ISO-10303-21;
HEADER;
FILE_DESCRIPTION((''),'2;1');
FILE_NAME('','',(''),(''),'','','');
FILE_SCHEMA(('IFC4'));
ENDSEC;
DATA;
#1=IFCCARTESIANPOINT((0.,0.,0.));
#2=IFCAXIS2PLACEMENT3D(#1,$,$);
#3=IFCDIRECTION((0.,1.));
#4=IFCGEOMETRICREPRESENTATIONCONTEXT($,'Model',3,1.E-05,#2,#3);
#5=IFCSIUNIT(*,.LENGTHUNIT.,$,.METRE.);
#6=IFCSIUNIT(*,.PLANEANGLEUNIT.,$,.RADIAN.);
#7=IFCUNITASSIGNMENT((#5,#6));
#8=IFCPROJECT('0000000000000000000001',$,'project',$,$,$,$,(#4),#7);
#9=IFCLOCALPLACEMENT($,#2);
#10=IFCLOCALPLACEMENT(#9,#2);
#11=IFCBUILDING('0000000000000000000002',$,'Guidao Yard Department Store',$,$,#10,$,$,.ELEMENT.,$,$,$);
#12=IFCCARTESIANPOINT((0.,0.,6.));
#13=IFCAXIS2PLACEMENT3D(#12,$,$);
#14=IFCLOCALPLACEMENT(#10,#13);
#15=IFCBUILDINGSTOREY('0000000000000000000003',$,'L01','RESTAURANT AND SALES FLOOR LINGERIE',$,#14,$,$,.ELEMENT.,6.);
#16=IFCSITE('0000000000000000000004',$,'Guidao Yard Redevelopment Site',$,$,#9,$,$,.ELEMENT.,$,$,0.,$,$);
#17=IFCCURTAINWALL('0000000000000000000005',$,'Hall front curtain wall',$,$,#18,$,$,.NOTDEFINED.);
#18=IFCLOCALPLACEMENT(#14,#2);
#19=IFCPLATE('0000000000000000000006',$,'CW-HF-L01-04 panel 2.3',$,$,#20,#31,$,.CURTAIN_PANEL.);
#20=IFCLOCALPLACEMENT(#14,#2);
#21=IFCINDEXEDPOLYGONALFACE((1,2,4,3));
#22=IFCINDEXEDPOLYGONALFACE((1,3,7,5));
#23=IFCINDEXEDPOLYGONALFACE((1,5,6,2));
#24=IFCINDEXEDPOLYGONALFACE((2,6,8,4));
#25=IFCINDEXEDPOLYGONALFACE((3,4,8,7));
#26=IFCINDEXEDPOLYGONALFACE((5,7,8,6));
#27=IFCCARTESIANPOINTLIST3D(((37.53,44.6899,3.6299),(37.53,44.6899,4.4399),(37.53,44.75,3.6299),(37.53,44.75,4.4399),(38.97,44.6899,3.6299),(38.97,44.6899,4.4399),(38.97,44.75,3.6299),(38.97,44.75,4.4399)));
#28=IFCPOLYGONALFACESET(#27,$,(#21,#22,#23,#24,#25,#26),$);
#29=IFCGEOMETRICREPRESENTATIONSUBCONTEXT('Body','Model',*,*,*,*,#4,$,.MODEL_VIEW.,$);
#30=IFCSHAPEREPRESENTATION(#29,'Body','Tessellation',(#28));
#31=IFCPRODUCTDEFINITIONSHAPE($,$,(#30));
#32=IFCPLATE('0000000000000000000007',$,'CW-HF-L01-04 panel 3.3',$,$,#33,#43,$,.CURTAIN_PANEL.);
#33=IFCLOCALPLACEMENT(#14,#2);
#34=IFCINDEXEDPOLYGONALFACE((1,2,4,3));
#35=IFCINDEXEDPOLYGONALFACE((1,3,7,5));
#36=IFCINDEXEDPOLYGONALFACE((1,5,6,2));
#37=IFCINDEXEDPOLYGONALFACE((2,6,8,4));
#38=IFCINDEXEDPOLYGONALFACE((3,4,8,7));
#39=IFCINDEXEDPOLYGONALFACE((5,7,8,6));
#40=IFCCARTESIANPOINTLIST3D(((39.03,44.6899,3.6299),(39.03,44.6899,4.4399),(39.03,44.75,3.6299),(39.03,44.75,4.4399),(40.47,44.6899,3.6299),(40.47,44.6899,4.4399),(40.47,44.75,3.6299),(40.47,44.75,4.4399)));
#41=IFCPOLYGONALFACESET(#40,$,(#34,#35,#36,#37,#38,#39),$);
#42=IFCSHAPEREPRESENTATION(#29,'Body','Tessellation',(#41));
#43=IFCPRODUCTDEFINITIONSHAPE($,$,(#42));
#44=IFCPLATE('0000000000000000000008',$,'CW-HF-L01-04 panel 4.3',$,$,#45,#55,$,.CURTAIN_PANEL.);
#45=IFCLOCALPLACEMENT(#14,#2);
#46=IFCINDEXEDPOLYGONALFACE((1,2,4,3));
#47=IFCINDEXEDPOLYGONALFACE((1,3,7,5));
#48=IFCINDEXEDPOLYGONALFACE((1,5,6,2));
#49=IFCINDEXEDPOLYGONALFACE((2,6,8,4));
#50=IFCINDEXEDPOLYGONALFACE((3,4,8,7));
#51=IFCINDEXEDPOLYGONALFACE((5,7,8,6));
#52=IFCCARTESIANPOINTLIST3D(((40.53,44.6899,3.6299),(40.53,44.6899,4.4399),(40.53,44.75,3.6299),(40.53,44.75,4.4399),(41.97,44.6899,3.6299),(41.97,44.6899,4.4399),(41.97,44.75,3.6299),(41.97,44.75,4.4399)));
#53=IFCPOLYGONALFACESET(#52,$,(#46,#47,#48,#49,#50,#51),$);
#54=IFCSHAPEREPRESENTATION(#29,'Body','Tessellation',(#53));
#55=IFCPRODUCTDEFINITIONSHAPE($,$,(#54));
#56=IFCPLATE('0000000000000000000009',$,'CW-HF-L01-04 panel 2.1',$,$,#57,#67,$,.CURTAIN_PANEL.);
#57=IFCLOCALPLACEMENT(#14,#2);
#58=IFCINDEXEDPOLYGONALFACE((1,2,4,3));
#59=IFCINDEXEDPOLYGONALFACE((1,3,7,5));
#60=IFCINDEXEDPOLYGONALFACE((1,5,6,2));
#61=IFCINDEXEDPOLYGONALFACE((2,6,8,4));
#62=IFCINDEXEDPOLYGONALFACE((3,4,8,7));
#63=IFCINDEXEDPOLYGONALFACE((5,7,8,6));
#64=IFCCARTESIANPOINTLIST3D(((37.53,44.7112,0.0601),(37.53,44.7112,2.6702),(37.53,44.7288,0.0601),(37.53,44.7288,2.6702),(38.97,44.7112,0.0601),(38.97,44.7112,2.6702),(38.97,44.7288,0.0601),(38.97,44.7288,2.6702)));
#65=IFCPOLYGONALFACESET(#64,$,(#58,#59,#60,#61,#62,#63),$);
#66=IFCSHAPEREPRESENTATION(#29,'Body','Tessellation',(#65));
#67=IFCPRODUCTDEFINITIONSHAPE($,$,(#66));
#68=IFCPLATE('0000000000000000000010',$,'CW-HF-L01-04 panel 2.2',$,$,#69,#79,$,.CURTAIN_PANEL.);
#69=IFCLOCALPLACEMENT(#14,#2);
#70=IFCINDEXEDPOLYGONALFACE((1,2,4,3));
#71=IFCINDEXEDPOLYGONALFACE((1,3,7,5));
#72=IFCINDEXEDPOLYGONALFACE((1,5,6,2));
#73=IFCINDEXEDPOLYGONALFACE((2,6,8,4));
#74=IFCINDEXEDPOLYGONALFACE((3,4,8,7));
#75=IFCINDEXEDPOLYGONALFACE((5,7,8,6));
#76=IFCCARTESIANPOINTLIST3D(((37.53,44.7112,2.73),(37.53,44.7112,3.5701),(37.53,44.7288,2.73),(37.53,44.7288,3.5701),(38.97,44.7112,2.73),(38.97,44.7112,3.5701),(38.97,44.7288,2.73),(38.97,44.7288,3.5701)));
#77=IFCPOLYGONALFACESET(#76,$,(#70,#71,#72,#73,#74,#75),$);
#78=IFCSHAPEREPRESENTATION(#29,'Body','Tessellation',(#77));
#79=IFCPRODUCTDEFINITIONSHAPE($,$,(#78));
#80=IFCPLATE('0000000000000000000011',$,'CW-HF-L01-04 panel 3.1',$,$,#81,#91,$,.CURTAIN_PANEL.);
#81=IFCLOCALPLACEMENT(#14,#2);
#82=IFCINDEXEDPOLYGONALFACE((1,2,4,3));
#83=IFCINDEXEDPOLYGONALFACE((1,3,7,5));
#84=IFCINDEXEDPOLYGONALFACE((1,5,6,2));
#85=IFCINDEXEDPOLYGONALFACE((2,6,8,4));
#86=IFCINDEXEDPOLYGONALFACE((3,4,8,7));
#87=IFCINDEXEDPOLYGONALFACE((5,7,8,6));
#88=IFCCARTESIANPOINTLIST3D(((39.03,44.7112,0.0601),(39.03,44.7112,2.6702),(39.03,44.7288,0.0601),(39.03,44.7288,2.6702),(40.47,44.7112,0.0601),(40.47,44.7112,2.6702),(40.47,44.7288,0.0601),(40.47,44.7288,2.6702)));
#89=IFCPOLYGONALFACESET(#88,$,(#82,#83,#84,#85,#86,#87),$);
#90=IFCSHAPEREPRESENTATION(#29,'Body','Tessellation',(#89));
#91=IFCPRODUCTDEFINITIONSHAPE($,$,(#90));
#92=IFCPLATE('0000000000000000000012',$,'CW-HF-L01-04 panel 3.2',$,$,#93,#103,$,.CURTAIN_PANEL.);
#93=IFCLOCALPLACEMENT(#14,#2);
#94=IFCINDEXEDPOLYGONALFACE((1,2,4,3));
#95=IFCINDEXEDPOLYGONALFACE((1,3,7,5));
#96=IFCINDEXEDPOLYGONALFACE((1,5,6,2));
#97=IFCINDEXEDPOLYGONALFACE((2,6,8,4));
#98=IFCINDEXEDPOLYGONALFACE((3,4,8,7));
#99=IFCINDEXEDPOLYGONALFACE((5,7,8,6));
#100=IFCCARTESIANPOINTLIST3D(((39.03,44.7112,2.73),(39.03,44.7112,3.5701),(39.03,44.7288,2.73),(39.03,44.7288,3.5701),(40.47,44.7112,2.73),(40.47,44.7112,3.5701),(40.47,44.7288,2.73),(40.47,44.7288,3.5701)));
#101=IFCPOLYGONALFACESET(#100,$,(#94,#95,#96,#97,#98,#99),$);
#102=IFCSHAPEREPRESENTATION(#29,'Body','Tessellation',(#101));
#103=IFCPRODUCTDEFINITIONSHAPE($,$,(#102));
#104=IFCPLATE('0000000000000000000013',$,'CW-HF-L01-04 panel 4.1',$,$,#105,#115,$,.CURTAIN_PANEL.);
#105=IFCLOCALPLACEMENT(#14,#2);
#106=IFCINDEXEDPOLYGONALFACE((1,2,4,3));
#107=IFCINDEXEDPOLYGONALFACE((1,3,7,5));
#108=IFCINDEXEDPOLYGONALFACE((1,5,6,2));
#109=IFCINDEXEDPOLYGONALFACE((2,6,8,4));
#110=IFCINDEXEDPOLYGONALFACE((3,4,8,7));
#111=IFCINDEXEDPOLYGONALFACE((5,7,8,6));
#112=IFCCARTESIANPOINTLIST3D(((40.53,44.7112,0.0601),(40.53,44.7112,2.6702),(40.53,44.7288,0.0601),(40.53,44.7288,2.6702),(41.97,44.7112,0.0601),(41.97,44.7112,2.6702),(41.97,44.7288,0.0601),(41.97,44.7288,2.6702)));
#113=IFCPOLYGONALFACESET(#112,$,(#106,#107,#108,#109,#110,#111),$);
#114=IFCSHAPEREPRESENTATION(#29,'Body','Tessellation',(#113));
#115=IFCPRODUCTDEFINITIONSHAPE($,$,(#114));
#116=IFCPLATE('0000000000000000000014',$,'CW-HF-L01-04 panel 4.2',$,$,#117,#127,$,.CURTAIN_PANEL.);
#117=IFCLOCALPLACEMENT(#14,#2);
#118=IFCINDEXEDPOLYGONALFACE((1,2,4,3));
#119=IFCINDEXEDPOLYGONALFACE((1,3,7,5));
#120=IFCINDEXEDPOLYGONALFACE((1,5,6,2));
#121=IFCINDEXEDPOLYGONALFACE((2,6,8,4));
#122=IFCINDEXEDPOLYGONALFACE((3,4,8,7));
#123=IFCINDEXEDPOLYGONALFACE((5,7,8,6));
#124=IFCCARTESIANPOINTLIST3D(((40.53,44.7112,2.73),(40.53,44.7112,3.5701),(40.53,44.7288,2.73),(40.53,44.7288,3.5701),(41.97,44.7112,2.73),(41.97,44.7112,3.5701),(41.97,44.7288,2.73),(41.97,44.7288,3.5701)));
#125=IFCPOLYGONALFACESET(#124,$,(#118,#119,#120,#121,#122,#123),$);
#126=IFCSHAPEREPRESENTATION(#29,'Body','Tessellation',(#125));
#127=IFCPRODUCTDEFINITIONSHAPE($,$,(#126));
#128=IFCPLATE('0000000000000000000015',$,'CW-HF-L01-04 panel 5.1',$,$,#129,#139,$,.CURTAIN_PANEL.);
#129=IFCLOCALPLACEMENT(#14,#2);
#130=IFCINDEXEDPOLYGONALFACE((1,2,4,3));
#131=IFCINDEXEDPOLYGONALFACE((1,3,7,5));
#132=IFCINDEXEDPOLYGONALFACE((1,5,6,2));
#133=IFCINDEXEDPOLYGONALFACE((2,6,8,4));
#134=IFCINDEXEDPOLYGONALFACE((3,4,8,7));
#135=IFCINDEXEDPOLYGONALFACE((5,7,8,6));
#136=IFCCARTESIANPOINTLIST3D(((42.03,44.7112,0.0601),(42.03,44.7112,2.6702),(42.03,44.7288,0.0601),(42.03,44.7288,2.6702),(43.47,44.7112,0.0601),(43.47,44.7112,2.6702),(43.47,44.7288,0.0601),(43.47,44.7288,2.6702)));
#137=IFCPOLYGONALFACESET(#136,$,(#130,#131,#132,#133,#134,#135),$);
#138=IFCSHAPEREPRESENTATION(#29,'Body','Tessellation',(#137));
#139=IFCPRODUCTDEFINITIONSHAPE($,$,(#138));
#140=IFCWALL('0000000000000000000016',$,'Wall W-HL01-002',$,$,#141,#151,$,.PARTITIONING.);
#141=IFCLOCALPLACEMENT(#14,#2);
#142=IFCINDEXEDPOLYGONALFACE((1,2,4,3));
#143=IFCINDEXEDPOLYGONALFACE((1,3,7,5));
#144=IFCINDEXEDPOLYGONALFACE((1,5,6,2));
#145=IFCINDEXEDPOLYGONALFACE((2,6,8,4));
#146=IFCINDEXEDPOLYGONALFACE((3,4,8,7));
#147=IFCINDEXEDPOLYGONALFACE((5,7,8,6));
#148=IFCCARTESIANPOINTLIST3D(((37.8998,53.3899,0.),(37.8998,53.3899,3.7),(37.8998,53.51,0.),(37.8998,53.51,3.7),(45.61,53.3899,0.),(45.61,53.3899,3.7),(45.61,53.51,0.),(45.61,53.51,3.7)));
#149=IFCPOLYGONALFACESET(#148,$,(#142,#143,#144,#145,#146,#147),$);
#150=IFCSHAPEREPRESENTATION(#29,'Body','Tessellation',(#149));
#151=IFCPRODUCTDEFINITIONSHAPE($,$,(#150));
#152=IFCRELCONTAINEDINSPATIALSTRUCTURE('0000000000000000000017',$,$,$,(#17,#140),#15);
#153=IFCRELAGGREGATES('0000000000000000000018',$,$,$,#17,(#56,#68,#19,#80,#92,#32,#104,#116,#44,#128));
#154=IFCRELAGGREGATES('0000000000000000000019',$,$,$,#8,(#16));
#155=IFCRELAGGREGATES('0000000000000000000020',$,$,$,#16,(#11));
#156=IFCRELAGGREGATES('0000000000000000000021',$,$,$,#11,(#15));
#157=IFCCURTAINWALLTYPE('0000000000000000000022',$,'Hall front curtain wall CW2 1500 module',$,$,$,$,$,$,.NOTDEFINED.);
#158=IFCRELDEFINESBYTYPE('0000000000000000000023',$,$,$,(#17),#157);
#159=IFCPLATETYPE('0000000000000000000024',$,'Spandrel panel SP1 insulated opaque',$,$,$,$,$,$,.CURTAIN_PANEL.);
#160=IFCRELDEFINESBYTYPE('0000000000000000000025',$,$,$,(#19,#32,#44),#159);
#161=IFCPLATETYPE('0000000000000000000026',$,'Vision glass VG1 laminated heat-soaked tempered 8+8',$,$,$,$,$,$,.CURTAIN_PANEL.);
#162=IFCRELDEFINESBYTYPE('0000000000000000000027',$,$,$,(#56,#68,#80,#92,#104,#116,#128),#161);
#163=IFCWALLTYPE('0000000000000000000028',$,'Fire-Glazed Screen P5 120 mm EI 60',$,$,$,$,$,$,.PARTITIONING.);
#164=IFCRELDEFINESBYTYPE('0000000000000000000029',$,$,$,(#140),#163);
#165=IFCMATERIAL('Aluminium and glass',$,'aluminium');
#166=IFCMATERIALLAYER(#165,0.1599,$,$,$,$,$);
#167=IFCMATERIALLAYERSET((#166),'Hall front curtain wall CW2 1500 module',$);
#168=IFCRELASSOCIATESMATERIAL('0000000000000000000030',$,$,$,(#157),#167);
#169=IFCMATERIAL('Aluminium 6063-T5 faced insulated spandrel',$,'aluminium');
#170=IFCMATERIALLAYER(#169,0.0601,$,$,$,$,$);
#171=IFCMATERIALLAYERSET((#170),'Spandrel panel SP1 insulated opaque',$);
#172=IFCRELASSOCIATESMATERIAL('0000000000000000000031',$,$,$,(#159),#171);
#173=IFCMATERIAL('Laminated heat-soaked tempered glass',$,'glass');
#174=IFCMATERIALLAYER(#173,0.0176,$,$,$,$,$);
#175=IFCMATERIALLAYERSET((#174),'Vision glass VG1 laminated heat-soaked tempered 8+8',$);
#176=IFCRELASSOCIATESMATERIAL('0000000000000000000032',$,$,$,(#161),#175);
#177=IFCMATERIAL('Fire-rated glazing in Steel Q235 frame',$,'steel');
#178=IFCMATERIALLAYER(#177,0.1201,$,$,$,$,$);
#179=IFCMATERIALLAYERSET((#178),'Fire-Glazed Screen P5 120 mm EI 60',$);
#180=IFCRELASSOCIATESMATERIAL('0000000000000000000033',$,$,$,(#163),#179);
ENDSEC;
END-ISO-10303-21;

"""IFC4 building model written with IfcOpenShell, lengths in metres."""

from ifc_helpers import new_model, si_unit, direction, frame, frame_2d, origin, origin_2d, place, context, subcontext, project, spatial, rectangle, extrude, material, layer, layer_set, type_object, element, aggregate, save


model = new_model("IFC4")

# Units and contexts
model_context = context("Model", 3, precision=1e-05, world=origin(), true_north=direction((0.0, 1.0)))
body_context = subcontext(model_context, "Body", "Model", "MODEL_VIEW")
ifc_project = project(units=[si_unit("LENGTHUNIT", "METRE"), si_unit("PLANEANGLEUNIT", "RADIAN")], contexts=[model_context])

# Site, building, storey
site_placement = place(None, origin())
site = spatial("IfcSite", under=ifc_project, at=site_placement, Name="Guidao Yard Redevelopment Site", CompositionType="ELEMENT", RefElevation=0.0)
building_placement = place(site_placement, origin())
building = spatial("IfcBuilding", under=site, at=building_placement, Name="Guidao Yard Department Store", CompositionType="ELEMENT")
storey_placement = place(building_placement, frame((0.0, 0.0, 6.0)))
storey = spatial("IfcBuildingStorey", under=building, at=storey_placement, Name="L01", Description="RESTAURANT AND SALES FLOOR LINGERIE", CompositionType="ELEMENT", Elevation=6.0)

# Curtain wall, plates
ifc_material_1 = material(Name="Aluminium and glass", Category="aluminium")
ifc_layer_1 = layer(ifc_material_1, 0.1599)
ifc_layer_set_1 = layer_set([ifc_layer_1], Name="Hall front curtain wall CW2 1500 module")
curtain_wall_type = type_object("IfcCurtainWallType", Name="Hall front curtain wall CW2 1500 module", PredefinedType="NOTDEFINED", material=ifc_layer_set_1)
curtain_wall_placement = place(storey_placement, origin())
curtain_wall = element("IfcCurtainWall", 1, at=curtain_wall_placement, inside=storey, type_object=curtain_wall_type, Name="Hall front curtain wall", PredefinedType="NOTDEFINED")
ifc_material_2 = material(Name="Aluminium 6063-T5 faced insulated spandrel", Category="aluminium")
ifc_layer_2 = layer(ifc_material_2, 0.0601)
ifc_layer_set_2 = layer_set([ifc_layer_2], Name="Spandrel panel SP1 insulated opaque")
plate_type_1 = type_object("IfcPlateType", Name="Spandrel panel SP1 insulated opaque", PredefinedType="CURTAIN_PANEL", material=ifc_layer_set_2)
plate_1_placement = place(storey_placement, frame((38.25, 44.72, 3.6299), z_axis=(0.0, 0.0, 1.0), x_axis=(-1.0, 0.0, 0.0)))
plate_1 = element("IfcPlate", 2, at=plate_1_placement, type_object=plate_type_1, Name="CW-HF-L01-04 panel 2.3", PredefinedType="CURTAIN_PANEL", context=body_context, shape_type="SweptSolid", body=[
    extrude(rectangle(XDim=1.4399, YDim=0.0601, at=origin_2d()), origin(), (0.0, 0.0, 1.0), 0.8101),
])
plate_2_placement = place(storey_placement, frame((39.75, 44.72, 3.6299), z_axis=(0.0, 0.0, 1.0), x_axis=(-1.0, 0.0, 0.0)))
plate_2 = element("IfcPlate", 3, at=plate_2_placement, type_object=plate_type_1, Name="CW-HF-L01-04 panel 3.3", PredefinedType="CURTAIN_PANEL", context=body_context, shape_type="SweptSolid", body=[
    extrude(rectangle(XDim=1.4399, YDim=0.0601, at=origin_2d()), origin(), (0.0, 0.0, 1.0), 0.8101),
])
plate_3_placement = place(storey_placement, frame((41.25, 44.72, 3.6299), z_axis=(0.0, 0.0, 1.0), x_axis=(-1.0, 0.0, 0.0)))
plate_3 = element("IfcPlate", 4, at=plate_3_placement, type_object=plate_type_1, Name="CW-HF-L01-04 panel 4.3", PredefinedType="CURTAIN_PANEL", context=body_context, shape_type="SweptSolid", body=[
    extrude(rectangle(XDim=1.4399, YDim=0.0601, at=origin_2d()), origin(), (0.0, 0.0, 1.0), 0.8101),
])
ifc_material_3 = material(Name="Laminated heat-soaked tempered glass", Category="glass")
ifc_layer_3 = layer(ifc_material_3, 0.0176)
ifc_layer_set_3 = layer_set([ifc_layer_3], Name="Vision glass VG1 laminated heat-soaked tempered 8+8")
plate_type_2 = type_object("IfcPlateType", Name="Vision glass VG1 laminated heat-soaked tempered 8+8", PredefinedType="CURTAIN_PANEL", material=ifc_layer_set_3)
plate_4_placement = place(storey_placement, frame((38.25, 44.72, 0.0601), z_axis=(0.0, 0.0, 1.0), x_axis=(-1.0, 0.0, 0.0)))
plate_4 = element("IfcPlate", 5, at=plate_4_placement, type_object=plate_type_2, Name="CW-HF-L01-04 panel 2.1", PredefinedType="CURTAIN_PANEL", context=body_context, shape_type="SweptSolid", body=[
    extrude(rectangle(XDim=1.4399, YDim=0.0176, at=origin_2d()), origin(), (0.0, 0.0, 1.0), 2.6101),
])
plate_5_placement = place(storey_placement, frame((38.25, 44.72, 2.73), z_axis=(0.0, 0.0, 1.0), x_axis=(-1.0, 0.0, 0.0)))
plate_5 = element("IfcPlate", 6, at=plate_5_placement, type_object=plate_type_2, Name="CW-HF-L01-04 panel 2.2", PredefinedType="CURTAIN_PANEL", context=body_context, shape_type="SweptSolid", body=[
    extrude(rectangle(XDim=1.4399, YDim=0.0176, at=origin_2d()), origin(), (0.0, 0.0, 1.0), 0.8401),
])
plate_6_placement = place(storey_placement, frame((39.75, 44.72, 0.0601), z_axis=(0.0, 0.0, 1.0), x_axis=(-1.0, 0.0, 0.0)))
plate_6 = element("IfcPlate", 7, at=plate_6_placement, type_object=plate_type_2, Name="CW-HF-L01-04 panel 3.1", PredefinedType="CURTAIN_PANEL", context=body_context, shape_type="SweptSolid", body=[
    extrude(rectangle(XDim=1.4399, YDim=0.0176, at=origin_2d()), origin(), (0.0, 0.0, 1.0), 2.6101),
])
plate_7_placement = place(storey_placement, frame((39.75, 44.72, 2.73), z_axis=(0.0, 0.0, 1.0), x_axis=(-1.0, 0.0, 0.0)))
plate_7 = element("IfcPlate", 8, at=plate_7_placement, type_object=plate_type_2, Name="CW-HF-L01-04 panel 3.2", PredefinedType="CURTAIN_PANEL", context=body_context, shape_type="SweptSolid", body=[
    extrude(rectangle(XDim=1.4399, YDim=0.0176, at=origin_2d()), origin(), (0.0, 0.0, 1.0), 0.8401),
])
plate_8_placement = place(storey_placement, frame((41.25, 44.72, 0.0601), z_axis=(0.0, 0.0, 1.0), x_axis=(-1.0, 0.0, 0.0)))
plate_8 = element("IfcPlate", 9, at=plate_8_placement, type_object=plate_type_2, Name="CW-HF-L01-04 panel 4.1", PredefinedType="CURTAIN_PANEL", context=body_context, shape_type="SweptSolid", body=[
    extrude(rectangle(XDim=1.4399, YDim=0.0176, at=origin_2d()), origin(), (0.0, 0.0, 1.0), 2.6101),
])
plate_9_placement = place(storey_placement, frame((41.25, 44.72, 2.73), z_axis=(0.0, 0.0, 1.0), x_axis=(-1.0, 0.0, 0.0)))
plate_9 = element("IfcPlate", 10, at=plate_9_placement, type_object=plate_type_2, Name="CW-HF-L01-04 panel 4.2", PredefinedType="CURTAIN_PANEL", context=body_context, shape_type="SweptSolid", body=[
    extrude(rectangle(XDim=1.4399, YDim=0.0176, at=origin_2d()), origin(), (0.0, 0.0, 1.0), 0.8401),
])
plate_10_placement = place(storey_placement, frame((42.75, 44.72, 0.0601), z_axis=(0.0, 0.0, 1.0), x_axis=(-1.0, 0.0, 0.0)))
plate_10 = element("IfcPlate", 11, at=plate_10_placement, type_object=plate_type_2, Name="CW-HF-L01-04 panel 5.1", PredefinedType="CURTAIN_PANEL", context=body_context, shape_type="SweptSolid", body=[
    extrude(rectangle(XDim=1.4399, YDim=0.0176, at=origin_2d()), origin(), (0.0, 0.0, 1.0), 2.6101),
])
aggregate(curtain_wall, [plate_4, plate_5, plate_1, plate_6, plate_7, plate_2, plate_8, plate_9, plate_3, plate_10])

# Wall
ifc_material_4 = material(Name="Fire-rated glazing in Steel Q235 frame", Category="steel")
ifc_layer_4 = layer(ifc_material_4, 0.1201)
ifc_layer_set_4 = layer_set([ifc_layer_4], Name="Fire-Glazed Screen P5 120 mm EI 60")
wall_type = type_object("IfcWallType", Name="Fire-Glazed Screen P5 120 mm EI 60", PredefinedType="PARTITIONING", material=ifc_layer_set_4)
wall_placement = place(storey_placement, frame((37.8999, 53.45, 0.0), z_axis=(0.0, 0.0, 1.0), x_axis=(1.0, 0.0, 0.0)))
element("IfcWall", 12, at=wall_placement, inside=storey, type_object=wall_type, Name="Wall W-HL01-002", PredefinedType="PARTITIONING", context=body_context, shape_type="SweptSolid", body=[
    extrude(rectangle(XDim=7.7102, YDim=0.1201, at=frame_2d((3.855, 0.0))), origin(), (0.0, 0.0, 1.0), 3.7),
])

save(model, "model.ifc")
